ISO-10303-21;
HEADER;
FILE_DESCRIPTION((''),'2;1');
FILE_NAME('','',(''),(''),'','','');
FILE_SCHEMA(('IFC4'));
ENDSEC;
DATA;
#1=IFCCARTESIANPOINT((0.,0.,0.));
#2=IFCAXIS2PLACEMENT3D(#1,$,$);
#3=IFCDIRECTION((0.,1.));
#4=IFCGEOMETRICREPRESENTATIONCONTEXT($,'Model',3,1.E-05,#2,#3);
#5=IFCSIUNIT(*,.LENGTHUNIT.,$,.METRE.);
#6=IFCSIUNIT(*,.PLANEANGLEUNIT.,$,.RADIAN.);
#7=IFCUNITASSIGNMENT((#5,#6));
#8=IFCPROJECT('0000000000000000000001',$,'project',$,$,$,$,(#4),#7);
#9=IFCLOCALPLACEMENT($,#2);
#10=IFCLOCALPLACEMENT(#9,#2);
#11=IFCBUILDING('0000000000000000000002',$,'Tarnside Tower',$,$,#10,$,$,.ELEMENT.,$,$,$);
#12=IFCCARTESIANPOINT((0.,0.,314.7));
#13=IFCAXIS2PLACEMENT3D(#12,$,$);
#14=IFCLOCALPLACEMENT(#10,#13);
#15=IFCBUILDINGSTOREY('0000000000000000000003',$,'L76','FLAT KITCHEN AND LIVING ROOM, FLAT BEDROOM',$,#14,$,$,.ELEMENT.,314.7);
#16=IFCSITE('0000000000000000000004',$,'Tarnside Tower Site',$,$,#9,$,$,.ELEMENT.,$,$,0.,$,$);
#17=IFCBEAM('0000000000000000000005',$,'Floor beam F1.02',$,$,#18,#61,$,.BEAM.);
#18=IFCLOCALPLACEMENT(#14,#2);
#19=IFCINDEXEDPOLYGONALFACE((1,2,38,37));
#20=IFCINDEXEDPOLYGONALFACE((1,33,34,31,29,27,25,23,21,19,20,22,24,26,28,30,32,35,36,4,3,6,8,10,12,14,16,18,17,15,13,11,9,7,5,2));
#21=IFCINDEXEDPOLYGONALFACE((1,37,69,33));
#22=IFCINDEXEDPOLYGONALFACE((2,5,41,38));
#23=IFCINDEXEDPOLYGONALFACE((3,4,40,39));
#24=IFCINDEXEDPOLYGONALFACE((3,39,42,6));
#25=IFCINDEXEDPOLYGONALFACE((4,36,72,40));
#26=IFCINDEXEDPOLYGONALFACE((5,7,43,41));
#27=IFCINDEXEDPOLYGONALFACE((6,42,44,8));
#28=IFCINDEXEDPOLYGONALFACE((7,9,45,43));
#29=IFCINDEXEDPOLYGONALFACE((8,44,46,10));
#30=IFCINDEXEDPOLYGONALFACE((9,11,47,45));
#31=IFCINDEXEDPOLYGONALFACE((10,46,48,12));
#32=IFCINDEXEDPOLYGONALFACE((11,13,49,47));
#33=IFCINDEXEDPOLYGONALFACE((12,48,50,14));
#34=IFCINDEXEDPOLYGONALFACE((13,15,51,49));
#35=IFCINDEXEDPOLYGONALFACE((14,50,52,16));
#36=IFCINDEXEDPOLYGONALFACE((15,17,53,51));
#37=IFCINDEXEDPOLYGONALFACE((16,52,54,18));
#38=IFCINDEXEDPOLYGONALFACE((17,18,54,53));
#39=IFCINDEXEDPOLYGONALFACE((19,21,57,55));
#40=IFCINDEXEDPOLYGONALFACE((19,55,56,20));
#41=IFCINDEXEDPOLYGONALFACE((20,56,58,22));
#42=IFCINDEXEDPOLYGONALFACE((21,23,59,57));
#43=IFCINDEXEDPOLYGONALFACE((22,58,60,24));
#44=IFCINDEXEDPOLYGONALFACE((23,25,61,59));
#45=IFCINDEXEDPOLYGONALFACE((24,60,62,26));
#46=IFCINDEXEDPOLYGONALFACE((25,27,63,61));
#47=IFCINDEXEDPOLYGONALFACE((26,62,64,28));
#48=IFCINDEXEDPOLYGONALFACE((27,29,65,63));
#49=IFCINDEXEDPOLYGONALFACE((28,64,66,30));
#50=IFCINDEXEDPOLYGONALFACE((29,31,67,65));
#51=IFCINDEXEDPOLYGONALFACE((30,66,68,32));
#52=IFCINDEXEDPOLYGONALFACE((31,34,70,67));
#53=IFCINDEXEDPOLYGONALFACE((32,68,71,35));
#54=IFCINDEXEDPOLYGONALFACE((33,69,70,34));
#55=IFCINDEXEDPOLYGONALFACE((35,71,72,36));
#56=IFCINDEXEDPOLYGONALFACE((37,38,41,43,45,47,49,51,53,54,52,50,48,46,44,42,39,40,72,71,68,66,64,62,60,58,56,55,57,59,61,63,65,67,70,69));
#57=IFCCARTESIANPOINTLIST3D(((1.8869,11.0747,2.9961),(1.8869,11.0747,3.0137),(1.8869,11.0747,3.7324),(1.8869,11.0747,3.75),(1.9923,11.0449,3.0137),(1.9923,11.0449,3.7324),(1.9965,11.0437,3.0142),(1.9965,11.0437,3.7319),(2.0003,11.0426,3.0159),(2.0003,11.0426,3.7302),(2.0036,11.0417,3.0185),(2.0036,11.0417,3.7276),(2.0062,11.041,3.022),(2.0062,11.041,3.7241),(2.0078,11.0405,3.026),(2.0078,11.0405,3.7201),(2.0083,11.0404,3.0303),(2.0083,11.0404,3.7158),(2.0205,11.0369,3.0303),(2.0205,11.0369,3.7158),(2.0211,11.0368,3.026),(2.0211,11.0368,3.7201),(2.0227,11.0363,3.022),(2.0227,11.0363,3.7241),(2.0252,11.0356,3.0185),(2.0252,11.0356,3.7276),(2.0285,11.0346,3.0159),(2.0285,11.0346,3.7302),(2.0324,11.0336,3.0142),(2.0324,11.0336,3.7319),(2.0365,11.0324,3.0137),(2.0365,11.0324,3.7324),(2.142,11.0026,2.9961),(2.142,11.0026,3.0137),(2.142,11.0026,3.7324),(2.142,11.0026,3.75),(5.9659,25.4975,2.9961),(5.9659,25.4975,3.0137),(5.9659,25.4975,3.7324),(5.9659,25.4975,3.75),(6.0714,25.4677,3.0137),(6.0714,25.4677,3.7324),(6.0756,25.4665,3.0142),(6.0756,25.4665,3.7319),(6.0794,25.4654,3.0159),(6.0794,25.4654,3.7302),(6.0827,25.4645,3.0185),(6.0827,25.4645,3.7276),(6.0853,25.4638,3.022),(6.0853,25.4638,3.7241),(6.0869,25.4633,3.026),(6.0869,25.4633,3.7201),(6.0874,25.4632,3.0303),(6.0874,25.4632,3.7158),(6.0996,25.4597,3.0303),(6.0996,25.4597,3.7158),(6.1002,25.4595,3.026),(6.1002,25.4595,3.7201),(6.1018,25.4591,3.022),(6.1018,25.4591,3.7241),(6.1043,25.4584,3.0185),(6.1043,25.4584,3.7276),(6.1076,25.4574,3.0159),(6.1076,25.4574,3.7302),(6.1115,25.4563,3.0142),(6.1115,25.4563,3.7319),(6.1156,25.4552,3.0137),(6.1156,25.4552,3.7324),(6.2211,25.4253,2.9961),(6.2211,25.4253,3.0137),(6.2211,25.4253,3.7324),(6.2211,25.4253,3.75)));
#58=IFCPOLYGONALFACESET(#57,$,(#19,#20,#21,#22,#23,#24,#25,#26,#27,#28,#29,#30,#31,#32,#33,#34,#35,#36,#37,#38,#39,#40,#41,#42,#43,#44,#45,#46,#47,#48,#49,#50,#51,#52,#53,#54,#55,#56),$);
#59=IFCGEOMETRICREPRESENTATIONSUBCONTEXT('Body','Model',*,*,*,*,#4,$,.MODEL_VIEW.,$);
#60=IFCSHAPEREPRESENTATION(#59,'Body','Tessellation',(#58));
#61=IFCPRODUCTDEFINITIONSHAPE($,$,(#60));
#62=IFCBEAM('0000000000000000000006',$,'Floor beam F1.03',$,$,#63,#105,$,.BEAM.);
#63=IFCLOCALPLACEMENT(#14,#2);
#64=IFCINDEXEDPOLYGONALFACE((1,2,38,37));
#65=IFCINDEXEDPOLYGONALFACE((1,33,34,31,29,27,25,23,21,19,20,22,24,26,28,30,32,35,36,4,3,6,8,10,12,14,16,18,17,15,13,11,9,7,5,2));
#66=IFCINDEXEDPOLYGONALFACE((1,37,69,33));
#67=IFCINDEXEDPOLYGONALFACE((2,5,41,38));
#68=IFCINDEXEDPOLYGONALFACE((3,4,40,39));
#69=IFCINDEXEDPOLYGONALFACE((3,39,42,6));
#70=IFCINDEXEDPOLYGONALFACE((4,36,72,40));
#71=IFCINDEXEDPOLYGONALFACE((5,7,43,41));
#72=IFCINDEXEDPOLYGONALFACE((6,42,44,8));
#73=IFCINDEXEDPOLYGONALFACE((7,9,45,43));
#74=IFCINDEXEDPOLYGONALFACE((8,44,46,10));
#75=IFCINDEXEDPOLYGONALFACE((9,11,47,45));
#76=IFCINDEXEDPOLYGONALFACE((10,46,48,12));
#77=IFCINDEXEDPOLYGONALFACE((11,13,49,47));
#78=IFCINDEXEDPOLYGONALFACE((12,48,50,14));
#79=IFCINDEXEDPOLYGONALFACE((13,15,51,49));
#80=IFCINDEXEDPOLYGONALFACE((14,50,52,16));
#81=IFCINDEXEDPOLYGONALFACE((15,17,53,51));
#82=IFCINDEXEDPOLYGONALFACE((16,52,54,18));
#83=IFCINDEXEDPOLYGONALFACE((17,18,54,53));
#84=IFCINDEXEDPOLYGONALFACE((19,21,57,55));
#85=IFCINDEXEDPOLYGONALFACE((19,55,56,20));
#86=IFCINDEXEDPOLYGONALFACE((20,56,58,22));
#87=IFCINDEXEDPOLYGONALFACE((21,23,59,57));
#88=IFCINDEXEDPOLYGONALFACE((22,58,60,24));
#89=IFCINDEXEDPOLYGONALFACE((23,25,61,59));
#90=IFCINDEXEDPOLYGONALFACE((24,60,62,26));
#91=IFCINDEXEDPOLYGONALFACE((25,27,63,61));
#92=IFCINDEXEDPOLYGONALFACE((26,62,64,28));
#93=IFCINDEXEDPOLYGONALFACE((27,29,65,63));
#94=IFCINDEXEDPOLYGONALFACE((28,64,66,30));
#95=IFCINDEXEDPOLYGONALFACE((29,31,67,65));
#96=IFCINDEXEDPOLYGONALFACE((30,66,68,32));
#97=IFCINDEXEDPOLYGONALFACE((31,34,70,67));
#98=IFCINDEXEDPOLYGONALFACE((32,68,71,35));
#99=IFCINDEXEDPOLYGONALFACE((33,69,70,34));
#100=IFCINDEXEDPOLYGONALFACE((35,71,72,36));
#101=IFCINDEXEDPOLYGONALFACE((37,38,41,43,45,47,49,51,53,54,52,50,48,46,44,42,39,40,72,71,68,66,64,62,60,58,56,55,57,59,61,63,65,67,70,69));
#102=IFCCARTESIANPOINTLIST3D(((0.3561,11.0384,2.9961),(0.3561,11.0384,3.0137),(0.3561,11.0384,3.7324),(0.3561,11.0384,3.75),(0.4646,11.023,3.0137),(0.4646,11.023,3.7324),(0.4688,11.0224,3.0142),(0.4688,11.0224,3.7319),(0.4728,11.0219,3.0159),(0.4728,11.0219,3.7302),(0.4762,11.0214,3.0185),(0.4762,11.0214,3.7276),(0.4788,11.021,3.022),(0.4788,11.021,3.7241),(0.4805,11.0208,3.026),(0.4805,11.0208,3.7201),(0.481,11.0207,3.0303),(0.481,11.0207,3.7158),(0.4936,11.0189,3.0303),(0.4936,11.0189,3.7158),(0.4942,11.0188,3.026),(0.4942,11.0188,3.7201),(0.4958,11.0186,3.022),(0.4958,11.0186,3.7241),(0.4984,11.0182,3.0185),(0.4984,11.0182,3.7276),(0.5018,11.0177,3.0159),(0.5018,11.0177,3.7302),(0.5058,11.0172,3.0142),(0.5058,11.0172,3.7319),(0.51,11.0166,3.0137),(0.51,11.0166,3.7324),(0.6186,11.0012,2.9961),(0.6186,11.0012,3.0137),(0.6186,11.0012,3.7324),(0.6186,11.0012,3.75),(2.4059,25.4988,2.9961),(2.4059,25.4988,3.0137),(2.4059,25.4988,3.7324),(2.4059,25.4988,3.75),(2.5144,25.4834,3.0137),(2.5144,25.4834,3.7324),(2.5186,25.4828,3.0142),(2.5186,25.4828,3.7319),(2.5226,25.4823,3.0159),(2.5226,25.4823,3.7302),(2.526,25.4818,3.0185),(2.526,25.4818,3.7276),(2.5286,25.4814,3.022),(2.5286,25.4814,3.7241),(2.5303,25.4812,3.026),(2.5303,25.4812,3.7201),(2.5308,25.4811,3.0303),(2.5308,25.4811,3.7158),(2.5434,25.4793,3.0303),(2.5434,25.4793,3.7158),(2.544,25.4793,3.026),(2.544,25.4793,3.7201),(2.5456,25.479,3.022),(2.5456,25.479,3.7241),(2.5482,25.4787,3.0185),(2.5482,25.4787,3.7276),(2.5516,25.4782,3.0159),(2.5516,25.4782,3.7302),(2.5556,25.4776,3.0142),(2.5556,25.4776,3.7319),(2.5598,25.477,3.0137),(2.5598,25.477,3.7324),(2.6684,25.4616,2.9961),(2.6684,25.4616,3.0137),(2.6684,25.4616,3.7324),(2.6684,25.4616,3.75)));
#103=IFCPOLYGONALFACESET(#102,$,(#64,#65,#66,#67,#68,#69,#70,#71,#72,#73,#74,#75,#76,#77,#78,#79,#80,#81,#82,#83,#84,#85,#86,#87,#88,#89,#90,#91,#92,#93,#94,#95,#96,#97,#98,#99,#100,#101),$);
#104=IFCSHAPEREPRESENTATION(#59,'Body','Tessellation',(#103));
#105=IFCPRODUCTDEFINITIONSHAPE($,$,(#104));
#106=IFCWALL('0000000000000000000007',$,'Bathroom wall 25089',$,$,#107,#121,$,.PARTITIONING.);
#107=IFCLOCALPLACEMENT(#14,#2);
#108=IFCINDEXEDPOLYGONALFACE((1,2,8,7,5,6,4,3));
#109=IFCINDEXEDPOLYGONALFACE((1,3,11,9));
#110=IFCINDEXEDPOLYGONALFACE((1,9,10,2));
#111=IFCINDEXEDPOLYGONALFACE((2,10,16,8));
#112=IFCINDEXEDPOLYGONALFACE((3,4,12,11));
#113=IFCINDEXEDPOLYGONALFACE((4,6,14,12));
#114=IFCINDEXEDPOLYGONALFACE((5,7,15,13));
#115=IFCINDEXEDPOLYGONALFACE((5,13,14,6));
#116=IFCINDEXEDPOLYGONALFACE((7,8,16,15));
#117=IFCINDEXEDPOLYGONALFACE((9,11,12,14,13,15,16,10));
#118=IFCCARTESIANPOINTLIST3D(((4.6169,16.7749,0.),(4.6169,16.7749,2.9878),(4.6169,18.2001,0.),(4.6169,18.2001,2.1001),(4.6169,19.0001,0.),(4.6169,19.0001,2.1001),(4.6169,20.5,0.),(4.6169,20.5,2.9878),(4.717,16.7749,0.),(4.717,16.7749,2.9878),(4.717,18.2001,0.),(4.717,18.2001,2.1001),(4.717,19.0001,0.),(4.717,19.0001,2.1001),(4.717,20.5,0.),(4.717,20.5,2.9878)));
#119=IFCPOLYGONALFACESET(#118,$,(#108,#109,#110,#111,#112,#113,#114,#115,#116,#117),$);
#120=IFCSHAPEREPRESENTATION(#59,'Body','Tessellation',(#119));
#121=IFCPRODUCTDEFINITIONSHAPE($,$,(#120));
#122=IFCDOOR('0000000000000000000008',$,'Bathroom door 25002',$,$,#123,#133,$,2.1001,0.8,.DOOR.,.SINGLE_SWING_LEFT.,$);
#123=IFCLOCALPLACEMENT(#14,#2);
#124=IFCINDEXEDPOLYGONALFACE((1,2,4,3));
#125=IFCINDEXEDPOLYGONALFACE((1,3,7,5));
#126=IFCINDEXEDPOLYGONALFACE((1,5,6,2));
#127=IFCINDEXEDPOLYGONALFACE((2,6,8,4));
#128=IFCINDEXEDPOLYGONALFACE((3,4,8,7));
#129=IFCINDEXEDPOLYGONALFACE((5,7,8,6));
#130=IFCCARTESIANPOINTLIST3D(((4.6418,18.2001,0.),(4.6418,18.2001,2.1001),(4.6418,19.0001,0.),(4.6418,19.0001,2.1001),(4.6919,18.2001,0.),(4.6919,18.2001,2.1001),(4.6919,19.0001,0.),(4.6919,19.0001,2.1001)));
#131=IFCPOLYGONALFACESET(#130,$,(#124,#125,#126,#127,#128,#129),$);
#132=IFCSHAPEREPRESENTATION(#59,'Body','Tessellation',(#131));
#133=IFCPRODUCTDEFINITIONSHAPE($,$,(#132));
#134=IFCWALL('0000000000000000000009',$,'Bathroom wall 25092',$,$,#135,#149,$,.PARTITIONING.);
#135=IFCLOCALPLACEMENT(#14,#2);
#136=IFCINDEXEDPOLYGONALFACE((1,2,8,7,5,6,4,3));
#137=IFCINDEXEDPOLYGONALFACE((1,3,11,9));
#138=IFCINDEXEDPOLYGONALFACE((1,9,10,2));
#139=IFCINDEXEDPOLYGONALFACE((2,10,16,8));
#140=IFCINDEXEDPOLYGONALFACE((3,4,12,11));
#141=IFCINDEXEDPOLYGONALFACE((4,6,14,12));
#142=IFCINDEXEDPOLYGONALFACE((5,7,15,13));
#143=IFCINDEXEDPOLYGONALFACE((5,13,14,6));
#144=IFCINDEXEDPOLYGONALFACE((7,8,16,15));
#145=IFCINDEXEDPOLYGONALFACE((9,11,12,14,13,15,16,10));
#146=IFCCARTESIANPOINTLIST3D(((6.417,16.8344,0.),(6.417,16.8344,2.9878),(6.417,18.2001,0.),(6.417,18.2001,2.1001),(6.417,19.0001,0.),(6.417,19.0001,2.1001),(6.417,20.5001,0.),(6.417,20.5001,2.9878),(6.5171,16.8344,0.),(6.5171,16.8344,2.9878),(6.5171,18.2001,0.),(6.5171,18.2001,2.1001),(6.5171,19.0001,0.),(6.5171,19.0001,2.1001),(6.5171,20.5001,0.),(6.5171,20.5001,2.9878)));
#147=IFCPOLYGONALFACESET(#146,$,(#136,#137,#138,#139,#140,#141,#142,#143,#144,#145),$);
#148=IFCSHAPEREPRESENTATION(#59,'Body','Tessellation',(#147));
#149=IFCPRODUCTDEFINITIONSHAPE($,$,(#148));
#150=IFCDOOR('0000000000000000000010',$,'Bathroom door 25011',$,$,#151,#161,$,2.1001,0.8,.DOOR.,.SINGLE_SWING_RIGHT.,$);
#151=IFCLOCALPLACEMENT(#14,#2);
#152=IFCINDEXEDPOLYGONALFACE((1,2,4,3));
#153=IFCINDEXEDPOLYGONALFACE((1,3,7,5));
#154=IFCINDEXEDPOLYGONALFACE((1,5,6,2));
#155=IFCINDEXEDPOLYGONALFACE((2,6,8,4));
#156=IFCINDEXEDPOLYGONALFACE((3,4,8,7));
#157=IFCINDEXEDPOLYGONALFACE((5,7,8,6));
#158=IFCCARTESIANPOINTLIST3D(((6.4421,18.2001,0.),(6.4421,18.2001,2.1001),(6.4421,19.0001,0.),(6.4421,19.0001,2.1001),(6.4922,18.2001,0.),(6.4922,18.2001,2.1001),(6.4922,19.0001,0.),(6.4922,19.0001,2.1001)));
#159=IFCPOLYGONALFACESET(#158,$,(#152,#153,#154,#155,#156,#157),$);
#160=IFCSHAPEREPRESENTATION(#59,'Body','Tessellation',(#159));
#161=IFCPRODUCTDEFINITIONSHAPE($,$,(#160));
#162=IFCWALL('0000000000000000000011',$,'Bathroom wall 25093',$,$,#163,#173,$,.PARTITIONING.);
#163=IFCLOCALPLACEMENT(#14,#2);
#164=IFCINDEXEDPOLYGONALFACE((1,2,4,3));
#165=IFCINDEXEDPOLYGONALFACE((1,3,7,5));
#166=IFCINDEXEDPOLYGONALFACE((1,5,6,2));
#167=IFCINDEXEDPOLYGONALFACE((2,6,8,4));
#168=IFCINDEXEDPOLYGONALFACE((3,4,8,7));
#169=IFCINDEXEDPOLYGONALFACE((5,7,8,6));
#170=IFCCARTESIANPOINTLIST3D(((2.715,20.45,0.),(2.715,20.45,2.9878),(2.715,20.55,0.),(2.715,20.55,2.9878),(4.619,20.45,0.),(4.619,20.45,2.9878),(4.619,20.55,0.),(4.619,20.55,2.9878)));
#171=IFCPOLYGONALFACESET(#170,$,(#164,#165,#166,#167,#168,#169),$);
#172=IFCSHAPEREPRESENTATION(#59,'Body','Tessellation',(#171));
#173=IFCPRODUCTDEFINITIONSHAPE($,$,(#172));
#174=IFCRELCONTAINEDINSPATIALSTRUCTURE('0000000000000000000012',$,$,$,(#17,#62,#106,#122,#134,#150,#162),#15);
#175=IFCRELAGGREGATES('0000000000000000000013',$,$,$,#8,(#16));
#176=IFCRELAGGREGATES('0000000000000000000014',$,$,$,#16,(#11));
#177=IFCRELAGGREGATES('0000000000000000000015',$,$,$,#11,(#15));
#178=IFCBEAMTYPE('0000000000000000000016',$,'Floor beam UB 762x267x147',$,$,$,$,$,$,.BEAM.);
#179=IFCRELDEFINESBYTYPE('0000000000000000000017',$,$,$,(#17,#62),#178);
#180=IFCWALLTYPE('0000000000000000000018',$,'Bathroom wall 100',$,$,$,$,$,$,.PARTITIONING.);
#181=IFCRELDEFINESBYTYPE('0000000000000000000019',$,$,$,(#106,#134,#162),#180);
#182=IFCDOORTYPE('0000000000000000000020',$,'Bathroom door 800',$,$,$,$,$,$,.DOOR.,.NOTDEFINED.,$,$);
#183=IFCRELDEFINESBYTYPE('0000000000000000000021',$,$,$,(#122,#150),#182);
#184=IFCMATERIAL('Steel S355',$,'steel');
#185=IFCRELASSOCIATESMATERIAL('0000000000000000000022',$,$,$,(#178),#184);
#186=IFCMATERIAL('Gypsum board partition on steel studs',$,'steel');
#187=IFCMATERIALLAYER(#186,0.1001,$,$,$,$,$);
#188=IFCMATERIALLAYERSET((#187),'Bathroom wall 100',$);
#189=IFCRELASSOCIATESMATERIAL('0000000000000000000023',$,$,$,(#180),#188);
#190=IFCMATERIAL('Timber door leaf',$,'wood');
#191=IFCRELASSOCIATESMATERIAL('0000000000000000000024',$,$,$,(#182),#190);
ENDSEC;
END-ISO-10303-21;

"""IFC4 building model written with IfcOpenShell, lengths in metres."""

from ifc_helpers import new_model, si_unit, direction, frame, frame_2d, origin, origin_2d, place, context, subcontext, project, spatial, rectangle, i_section, extrude, material, layer, layer_set, material_profile, profile_set, type_object, element, fill, save


model = new_model("IFC4")

# Units and contexts
model_context = context("Model", 3, precision=1e-05, world=origin(), true_north=direction((0.0, 1.0)))
body_context = subcontext(model_context, "Body", "Model", "MODEL_VIEW")
ifc_project = project(units=[si_unit("LENGTHUNIT", "METRE"), si_unit("PLANEANGLEUNIT", "RADIAN")], contexts=[model_context])

# Site, building, storey
site_placement = place(None, origin())
site = spatial("IfcSite", under=ifc_project, at=site_placement, Name="Tarnside Tower Site", CompositionType="ELEMENT", RefElevation=0.0)
building_placement = place(site_placement, origin())
building = spatial("IfcBuilding", under=site, at=building_placement, Name="Tarnside Tower", CompositionType="ELEMENT")
storey_placement = place(building_placement, frame((0.0, 0.0, 314.7)))
storey = spatial("IfcBuildingStorey", under=building, at=storey_placement, Name="L76", Description="FLAT KITCHEN AND LIVING ROOM, FLAT BEDROOM", CompositionType="ELEMENT", Elevation=314.7)

# Beams
ifc_material_1 = material(Name="Steel S355", Category="steel")
ifc_material_profile = material_profile(ifc_material_1, i_section(OverallWidth=0.2651, OverallDepth=0.7539, WebThickness=0.0127, FlangeThickness=0.0176, FilletRadius=0.0166, at=origin_2d()), Name="UB 762x267x147")
ifc_profile_set = profile_set([ifc_material_profile], Name="Steel S355")
beam_type = type_object("IfcBeamType", Name="Floor beam UB 762x267x147", PredefinedType="BEAM", material=ifc_profile_set)
beam_1_placement = place(storey_placement, frame((6.0935, 25.4614, 3.373), z_axis=(-0.272147, -0.962256, 0.0), x_axis=(0.962256, -0.272147, 0.0)))
element("IfcBeam", 1, at=beam_1_placement, inside=storey, type_object=beam_type, Name="Floor beam F1.02", PredefinedType="BEAM", context=body_context, shape_type="SweptSolid", body=[
    extrude(i_section(OverallWidth=0.2651, OverallDepth=0.7539, WebThickness=0.0127, FlangeThickness=0.0176, FilletRadius=0.0166, at=origin_2d()), origin(), (0.0, 0.0, 1.0), 14.9885),
])
beam_2_placement = place(storey_placement, frame((2.5371, 25.4802, 3.373), z_axis=(-0.140349, -0.990102, 0.0), x_axis=(0.990102, -0.140349, 0.0)))
element("IfcBeam", 2, at=beam_2_placement, inside=storey, type_object=beam_type, Name="Floor beam F1.03", PredefinedType="BEAM", context=body_context, shape_type="SweptSolid", body=[
    extrude(i_section(OverallWidth=0.2651, OverallDepth=0.7539, WebThickness=0.0127, FlangeThickness=0.0176, FilletRadius=0.0166, at=origin_2d()), origin(), (0.0, 0.0, 1.0), 14.605),
])

# Walls, openings, doors
ifc_material_2 = material(Name="Gypsum board partition on steel studs", Category="steel")
ifc_layer_1 = layer(ifc_material_2, 0.1001)
ifc_layer_set_1 = layer_set([ifc_layer_1], Name="Bathroom wall 100")
wall_type_1 = type_object("IfcWallType", Name="Bathroom wall 100", PredefinedType="PARTITIONING", material=ifc_layer_set_1)
wall_1_placement = place(storey_placement, frame((4.667, 20.5, 0.0), z_axis=(0.0, 0.0, 1.0), x_axis=(0.0, -1.0, 0.0)))
wall_1 = element("IfcWall", 3, at=wall_1_placement, inside=storey, type_object=wall_type_1, Name="Bathroom wall 25089", PredefinedType="PARTITIONING", context=body_context, shape_type="SweptSolid", body=[
    extrude(rectangle(XDim=3.7251, YDim=0.1001, at=frame_2d((1.8625, 0.0))), origin(), (0.0, 0.0, 1.0), 2.9878),
])
opening_1_placement = place(wall_1_placement, frame((1.5, 0.0, 0.0)))
opening_1 = element("IfcOpeningElement", 4, at=opening_1_placement, cuts=wall_1, PredefinedType="OPENING", context=body_context, shape_type="SweptSolid", body=[
    extrude(rectangle(XDim=0.8, YDim=2.1001, at=frame_2d((0.3999, 1.05))), frame((0.0, 0.0601, 0.0), z_axis=(0.0, -1.0, 0.0), x_axis=(1.0, 0.0, 0.0)), (0.0, 0.0, 1.0), 0.1201),
])
ifc_material_3 = material(Name="Timber door leaf", Category="wood")
door_type_1 = type_object("IfcDoorType", Name="Bathroom door 800", OperationType="NOTDEFINED", PredefinedType="DOOR", material=ifc_material_3)
door_1_placement = place(opening_1_placement, origin())
door_1 = element("IfcDoor", 5, at=door_1_placement, inside=storey, type_object=door_type_1, Name="Bathroom door 25002", OperationType="SINGLE_SWING_LEFT", OverallHeight=2.1001, OverallWidth=0.8, PredefinedType="DOOR", context=body_context, shape_type="SweptSolid", body=[
    extrude(rectangle(XDim=0.8, YDim=2.1001, at=frame_2d((0.3999, 1.05))), frame((0.0, 0.0249, 0.0), z_axis=(0.0, -1.0, 0.0), x_axis=(1.0, 0.0, 0.0)), (0.0, 0.0, 1.0), 0.05),
])
fill(opening_1, door_1)
wall_2_placement = place(storey_placement, frame((6.467, 16.8342, 0.0), z_axis=(0.0, 0.0, 1.0), x_axis=(0.0, 1.0, 0.0)))
wall_2 = element("IfcWall", 6, at=wall_2_placement, inside=storey, type_object=wall_type_1, Name="Bathroom wall 25092", PredefinedType="PARTITIONING", context=body_context, shape_type="SweptSolid", body=[
    extrude(rectangle(XDim=3.6658, YDim=0.1001, at=frame_2d((1.833, 0.0))), origin(), (0.0, 0.0, 1.0), 2.9878),
])
opening_2_placement = place(wall_2_placement, frame((1.366, 0.0, 0.0)))
opening_2 = element("IfcOpeningElement", 7, at=opening_2_placement, cuts=wall_2, PredefinedType="OPENING", context=body_context, shape_type="SweptSolid", body=[
    extrude(rectangle(XDim=0.8, YDim=2.1001, at=frame_2d((0.3999, 1.05))), frame((0.0, 0.0601, 0.0), z_axis=(0.0, -1.0, 0.0), x_axis=(1.0, 0.0, 0.0)), (0.0, 0.0, 1.0), 0.1201),
])
door_2_placement = place(opening_2_placement, origin())
door_2 = element("IfcDoor", 8, at=door_2_placement, inside=storey, type_object=door_type_1, Name="Bathroom door 25011", OperationType="SINGLE_SWING_RIGHT", OverallHeight=2.1001, OverallWidth=0.8, PredefinedType="DOOR", context=body_context, shape_type="SweptSolid", body=[
    extrude(rectangle(XDim=0.8, YDim=2.1001, at=frame_2d((0.3999, 1.05))), frame((0.0, 0.0249, 0.0), z_axis=(0.0, -1.0, 0.0), x_axis=(1.0, 0.0, 0.0)), (0.0, 0.0, 1.0), 0.05),
])
fill(opening_2, door_2)

# Wall
wall_3_placement = place(storey_placement, frame((4.6191, 20.5, 0.0), z_axis=(0.0, 0.0, 1.0), x_axis=(-1.0, 0.0, 0.0)))
element("IfcWall", 9, at=wall_3_placement, inside=storey, type_object=wall_type_1, Name="Bathroom wall 25093", PredefinedType="PARTITIONING", context=body_context, shape_type="SweptSolid", body=[
    extrude(rectangle(XDim=1.9041, YDim=0.1001, at=frame_2d((0.9521, 0.0))), origin(), (0.0, 0.0, 1.0), 2.9878),
])

save(model, "model.ifc")
